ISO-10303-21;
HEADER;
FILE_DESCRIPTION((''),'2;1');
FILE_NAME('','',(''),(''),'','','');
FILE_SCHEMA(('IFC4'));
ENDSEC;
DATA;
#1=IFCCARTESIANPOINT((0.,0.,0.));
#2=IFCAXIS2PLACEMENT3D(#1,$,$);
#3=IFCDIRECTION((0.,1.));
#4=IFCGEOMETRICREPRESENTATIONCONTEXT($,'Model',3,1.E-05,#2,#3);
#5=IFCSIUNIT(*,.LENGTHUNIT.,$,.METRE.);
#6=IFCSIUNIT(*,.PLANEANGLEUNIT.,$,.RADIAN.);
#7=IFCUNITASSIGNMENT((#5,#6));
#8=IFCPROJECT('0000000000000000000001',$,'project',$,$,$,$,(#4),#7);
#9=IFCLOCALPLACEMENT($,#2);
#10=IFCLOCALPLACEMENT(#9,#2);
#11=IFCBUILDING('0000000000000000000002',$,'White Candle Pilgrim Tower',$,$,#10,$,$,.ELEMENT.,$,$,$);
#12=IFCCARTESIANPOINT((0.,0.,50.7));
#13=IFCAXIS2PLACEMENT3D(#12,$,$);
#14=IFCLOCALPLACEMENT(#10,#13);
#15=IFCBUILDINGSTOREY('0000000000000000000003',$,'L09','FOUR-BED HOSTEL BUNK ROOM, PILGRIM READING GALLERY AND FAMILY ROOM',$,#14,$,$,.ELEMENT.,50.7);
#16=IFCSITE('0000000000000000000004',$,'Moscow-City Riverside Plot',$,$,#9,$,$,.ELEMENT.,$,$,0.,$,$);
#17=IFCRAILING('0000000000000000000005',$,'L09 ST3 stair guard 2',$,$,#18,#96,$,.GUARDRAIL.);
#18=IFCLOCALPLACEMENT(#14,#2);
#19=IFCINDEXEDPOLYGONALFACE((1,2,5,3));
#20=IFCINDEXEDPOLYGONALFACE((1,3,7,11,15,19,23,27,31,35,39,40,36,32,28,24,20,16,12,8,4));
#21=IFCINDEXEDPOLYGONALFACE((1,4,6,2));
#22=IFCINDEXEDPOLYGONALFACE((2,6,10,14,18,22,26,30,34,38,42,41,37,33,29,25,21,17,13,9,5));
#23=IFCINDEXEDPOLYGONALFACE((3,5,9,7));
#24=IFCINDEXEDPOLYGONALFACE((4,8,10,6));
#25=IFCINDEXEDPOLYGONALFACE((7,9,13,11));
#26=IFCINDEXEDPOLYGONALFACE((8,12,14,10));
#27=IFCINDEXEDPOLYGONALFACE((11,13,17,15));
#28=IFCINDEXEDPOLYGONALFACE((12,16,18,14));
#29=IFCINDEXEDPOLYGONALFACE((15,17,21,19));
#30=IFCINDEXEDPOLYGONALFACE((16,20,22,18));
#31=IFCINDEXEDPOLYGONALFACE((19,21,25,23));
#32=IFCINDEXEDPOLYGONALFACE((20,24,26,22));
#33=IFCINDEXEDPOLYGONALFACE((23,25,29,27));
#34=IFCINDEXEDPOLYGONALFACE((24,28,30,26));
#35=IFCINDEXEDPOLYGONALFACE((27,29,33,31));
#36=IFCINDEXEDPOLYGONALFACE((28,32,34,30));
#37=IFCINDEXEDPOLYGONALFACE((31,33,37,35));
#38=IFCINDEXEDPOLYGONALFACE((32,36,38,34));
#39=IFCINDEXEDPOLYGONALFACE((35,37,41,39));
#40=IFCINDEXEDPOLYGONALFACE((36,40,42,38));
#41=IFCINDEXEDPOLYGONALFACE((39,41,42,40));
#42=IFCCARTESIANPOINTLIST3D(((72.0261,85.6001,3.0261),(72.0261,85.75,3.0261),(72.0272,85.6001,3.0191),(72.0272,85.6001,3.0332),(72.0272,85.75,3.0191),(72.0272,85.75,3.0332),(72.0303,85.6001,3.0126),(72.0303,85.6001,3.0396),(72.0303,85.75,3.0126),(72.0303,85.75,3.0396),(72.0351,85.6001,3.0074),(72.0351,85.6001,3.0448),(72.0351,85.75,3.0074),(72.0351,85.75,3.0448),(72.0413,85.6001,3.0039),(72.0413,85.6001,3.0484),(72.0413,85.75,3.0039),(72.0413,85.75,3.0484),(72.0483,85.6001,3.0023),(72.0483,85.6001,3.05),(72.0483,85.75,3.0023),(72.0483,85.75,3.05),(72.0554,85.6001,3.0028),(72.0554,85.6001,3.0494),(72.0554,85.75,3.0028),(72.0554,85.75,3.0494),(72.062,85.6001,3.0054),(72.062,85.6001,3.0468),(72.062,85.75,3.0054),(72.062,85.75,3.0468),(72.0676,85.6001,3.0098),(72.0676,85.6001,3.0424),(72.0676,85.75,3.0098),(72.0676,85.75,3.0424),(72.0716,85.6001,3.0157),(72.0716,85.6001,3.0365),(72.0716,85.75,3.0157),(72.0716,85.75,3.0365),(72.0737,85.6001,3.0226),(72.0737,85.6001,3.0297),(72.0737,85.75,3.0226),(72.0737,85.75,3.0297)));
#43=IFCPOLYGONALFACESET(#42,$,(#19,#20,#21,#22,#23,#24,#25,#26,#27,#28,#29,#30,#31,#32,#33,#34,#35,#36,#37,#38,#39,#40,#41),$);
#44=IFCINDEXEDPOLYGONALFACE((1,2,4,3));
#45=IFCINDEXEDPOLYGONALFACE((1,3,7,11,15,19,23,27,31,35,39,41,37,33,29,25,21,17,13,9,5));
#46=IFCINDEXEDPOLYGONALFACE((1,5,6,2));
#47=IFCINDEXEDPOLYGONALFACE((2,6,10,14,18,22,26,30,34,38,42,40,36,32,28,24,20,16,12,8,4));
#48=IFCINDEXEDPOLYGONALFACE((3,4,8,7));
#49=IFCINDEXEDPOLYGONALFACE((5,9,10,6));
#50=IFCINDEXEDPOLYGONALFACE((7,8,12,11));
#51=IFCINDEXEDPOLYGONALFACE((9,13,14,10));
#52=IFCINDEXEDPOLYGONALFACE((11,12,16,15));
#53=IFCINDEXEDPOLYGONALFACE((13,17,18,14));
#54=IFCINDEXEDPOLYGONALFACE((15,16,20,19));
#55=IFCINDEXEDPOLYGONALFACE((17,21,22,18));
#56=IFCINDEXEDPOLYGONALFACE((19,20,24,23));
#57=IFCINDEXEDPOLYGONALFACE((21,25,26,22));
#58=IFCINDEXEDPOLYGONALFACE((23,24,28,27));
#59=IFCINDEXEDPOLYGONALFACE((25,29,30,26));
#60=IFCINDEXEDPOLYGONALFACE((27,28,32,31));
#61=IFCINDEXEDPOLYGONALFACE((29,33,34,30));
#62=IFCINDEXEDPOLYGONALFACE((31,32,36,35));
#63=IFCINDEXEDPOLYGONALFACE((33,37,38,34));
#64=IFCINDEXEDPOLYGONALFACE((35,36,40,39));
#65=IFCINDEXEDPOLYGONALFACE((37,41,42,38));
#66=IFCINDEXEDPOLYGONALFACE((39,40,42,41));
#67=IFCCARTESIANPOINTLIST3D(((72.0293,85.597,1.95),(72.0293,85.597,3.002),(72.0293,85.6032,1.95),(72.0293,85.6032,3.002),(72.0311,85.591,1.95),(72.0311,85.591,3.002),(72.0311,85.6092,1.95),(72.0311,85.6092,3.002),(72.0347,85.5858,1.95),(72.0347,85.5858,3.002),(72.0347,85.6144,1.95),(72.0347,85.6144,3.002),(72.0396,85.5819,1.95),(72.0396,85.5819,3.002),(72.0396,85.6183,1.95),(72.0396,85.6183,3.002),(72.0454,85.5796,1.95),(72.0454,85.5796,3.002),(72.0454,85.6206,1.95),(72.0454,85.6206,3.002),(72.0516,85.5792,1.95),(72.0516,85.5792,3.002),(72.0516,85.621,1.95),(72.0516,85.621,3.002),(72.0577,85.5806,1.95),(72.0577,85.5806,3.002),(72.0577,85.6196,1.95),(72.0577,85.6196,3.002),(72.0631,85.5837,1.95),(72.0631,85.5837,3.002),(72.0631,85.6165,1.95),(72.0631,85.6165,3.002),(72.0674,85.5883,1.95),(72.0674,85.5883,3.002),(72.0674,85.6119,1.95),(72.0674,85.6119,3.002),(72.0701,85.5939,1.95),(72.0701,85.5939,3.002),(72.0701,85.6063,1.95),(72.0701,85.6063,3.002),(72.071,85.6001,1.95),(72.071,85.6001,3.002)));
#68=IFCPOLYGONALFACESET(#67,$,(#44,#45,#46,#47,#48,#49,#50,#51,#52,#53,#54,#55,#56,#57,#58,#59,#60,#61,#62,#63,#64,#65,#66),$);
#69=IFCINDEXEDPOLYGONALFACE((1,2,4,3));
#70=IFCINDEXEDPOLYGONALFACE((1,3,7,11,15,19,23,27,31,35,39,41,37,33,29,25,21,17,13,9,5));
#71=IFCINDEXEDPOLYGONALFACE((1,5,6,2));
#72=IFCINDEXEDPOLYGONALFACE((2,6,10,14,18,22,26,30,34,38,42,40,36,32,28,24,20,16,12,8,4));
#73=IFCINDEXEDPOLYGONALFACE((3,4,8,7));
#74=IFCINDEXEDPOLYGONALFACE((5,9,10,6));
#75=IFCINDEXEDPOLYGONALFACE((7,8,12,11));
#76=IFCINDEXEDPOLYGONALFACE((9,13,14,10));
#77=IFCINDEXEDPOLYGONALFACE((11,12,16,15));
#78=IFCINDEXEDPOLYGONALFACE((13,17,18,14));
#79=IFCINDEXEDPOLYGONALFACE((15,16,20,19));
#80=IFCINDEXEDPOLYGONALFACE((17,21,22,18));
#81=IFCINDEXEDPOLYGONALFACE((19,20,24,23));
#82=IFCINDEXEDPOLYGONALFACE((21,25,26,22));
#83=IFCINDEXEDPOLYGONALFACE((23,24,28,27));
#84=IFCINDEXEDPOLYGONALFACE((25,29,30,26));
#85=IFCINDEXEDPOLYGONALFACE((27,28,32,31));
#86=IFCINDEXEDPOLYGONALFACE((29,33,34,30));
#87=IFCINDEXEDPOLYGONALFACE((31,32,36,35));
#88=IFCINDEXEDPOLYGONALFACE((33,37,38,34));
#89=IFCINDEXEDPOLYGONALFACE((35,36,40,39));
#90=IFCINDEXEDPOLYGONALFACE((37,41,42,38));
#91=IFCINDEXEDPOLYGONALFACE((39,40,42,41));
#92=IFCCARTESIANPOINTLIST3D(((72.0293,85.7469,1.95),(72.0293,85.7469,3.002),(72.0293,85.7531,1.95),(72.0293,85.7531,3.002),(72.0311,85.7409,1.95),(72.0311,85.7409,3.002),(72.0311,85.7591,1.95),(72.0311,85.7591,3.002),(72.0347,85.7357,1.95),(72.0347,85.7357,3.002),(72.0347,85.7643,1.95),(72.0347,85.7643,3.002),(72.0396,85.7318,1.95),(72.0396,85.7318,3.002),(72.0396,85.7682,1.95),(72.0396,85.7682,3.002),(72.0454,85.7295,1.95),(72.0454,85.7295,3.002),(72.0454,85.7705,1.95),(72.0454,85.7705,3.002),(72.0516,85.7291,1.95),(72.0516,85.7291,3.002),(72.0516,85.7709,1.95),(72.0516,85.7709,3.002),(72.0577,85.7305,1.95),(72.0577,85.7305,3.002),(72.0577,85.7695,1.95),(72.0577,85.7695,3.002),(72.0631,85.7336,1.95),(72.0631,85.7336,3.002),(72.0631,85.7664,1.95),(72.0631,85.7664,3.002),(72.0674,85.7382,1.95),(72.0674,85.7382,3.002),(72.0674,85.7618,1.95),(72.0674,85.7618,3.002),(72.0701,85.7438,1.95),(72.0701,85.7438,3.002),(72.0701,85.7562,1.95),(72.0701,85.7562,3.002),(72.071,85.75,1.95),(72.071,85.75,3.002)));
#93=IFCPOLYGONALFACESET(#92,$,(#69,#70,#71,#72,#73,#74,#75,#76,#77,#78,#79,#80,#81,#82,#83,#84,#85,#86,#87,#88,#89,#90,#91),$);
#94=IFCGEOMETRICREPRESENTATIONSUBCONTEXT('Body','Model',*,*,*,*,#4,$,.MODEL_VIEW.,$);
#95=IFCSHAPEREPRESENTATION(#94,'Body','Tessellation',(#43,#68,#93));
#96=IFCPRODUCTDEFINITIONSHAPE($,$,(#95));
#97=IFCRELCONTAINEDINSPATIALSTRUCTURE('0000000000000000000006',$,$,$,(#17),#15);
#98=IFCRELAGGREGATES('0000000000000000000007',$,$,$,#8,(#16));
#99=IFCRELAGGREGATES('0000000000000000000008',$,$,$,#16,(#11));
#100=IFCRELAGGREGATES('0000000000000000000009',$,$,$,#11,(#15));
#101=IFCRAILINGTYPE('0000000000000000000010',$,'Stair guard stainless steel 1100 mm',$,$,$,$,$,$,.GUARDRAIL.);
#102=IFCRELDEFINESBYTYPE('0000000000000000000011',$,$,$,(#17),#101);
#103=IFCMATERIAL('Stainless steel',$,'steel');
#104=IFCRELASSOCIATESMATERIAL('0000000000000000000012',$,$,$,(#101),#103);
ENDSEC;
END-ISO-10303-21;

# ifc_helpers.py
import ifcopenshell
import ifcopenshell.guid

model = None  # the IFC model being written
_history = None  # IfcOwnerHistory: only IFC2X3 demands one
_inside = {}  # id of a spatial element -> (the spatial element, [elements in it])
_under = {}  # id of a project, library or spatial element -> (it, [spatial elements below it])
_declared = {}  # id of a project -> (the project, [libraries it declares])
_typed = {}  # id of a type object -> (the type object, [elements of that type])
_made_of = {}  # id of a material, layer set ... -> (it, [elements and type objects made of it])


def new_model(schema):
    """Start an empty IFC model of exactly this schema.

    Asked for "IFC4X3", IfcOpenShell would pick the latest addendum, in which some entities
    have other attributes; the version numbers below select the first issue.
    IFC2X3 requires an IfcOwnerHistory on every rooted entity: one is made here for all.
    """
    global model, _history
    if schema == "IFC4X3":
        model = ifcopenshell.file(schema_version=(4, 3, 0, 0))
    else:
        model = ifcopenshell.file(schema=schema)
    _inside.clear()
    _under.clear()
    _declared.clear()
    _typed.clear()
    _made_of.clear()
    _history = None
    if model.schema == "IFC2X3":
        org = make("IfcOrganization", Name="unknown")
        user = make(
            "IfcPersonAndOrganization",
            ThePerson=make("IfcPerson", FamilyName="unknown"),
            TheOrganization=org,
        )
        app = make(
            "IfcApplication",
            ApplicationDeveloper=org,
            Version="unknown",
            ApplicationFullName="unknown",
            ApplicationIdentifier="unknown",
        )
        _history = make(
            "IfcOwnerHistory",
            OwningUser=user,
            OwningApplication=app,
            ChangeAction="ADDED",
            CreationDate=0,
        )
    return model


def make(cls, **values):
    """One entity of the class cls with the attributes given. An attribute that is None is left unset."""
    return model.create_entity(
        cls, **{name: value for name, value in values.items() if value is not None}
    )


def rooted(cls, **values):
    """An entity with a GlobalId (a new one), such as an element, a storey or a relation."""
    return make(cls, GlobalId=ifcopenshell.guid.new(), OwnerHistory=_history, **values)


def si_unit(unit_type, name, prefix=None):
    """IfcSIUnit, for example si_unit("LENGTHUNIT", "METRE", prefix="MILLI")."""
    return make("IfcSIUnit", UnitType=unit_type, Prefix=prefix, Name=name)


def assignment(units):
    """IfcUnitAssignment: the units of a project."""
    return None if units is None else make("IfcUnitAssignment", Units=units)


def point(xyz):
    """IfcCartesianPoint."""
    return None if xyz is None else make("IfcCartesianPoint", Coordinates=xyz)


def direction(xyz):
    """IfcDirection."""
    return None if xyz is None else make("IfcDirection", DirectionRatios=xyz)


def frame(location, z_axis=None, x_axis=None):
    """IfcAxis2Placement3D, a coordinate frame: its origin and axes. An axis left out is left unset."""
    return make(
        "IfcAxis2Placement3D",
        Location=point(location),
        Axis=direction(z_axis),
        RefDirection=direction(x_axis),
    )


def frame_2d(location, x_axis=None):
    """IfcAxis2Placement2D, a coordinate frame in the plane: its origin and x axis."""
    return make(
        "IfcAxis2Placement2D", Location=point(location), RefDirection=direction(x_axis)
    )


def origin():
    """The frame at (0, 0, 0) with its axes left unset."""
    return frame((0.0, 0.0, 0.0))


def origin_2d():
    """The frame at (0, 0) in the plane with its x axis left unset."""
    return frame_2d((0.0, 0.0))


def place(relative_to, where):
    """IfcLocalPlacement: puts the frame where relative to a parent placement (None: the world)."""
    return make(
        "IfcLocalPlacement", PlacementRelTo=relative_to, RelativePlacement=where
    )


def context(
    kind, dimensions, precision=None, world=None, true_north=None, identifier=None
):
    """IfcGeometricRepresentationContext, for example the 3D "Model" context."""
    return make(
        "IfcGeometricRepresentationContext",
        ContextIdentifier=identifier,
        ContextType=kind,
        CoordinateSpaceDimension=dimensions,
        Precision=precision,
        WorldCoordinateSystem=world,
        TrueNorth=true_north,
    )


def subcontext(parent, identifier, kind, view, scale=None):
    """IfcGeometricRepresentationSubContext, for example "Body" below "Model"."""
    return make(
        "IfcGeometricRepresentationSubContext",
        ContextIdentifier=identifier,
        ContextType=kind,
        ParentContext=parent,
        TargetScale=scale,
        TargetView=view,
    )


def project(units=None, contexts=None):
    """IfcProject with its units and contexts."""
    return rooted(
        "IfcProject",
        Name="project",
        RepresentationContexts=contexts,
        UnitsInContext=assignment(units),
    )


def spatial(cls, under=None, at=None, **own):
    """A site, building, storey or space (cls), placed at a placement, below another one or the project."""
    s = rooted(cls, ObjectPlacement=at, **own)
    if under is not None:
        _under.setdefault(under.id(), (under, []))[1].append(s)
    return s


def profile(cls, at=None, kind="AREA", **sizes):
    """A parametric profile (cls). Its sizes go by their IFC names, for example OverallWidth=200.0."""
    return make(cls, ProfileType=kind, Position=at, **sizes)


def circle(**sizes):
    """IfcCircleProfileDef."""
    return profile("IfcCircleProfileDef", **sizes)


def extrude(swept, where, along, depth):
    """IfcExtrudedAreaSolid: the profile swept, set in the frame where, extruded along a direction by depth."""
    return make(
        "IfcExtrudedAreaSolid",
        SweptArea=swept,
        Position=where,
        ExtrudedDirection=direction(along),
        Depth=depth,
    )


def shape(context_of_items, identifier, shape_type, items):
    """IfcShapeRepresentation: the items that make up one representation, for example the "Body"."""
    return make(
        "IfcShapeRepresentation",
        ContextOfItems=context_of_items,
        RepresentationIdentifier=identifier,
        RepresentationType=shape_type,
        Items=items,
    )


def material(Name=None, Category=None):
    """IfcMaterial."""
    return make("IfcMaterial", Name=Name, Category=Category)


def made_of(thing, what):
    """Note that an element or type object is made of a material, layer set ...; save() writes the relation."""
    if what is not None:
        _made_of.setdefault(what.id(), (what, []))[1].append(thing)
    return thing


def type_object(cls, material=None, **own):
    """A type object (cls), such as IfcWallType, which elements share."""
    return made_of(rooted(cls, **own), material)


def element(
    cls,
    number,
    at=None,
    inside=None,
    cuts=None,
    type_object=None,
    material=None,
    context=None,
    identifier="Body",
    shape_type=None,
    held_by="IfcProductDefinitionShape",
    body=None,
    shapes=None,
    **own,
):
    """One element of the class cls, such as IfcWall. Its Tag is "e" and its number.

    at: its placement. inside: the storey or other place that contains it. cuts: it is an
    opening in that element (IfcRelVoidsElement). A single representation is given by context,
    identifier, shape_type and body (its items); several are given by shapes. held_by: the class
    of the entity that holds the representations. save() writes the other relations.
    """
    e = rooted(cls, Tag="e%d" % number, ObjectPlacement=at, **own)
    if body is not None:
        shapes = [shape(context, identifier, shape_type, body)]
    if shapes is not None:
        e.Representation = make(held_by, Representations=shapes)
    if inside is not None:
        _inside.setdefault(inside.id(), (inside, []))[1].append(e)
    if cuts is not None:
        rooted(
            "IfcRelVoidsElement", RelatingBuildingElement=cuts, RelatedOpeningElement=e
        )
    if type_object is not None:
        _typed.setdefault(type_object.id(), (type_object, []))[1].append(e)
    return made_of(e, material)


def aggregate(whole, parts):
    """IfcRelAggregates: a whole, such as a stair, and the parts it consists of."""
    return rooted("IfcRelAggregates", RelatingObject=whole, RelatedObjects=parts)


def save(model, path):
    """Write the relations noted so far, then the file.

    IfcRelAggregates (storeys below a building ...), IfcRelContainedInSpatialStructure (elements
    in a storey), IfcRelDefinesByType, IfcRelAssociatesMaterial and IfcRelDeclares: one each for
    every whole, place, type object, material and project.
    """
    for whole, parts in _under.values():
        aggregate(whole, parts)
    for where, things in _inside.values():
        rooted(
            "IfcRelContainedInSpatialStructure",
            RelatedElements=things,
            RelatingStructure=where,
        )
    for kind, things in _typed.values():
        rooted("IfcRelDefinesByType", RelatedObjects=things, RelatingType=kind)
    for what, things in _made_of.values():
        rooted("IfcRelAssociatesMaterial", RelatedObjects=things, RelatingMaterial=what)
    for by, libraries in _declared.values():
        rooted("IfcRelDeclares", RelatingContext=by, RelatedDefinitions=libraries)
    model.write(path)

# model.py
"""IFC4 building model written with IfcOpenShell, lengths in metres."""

from ifc_helpers import new_model, si_unit, direction, frame, origin, origin_2d, place, context, subcontext, project, spatial, circle, extrude, material, type_object, element, save


model = new_model("IFC4")

# Units and contexts
model_context = context("Model", 3, precision=1e-05, world=origin(), true_north=direction((0.0, 1.0)))
body_context = subcontext(model_context, "Body", "Model", "MODEL_VIEW")
ifc_project = project(units=[si_unit("LENGTHUNIT", "METRE"), si_unit("PLANEANGLEUNIT", "RADIAN")], contexts=[model_context])

# Site, building, storey
site_placement = place(None, origin())
site = spatial("IfcSite", under=ifc_project, at=site_placement, Name="Moscow-City Riverside Plot", CompositionType="ELEMENT", RefElevation=0.0)
building_placement = place(site_placement, origin())
building = spatial("IfcBuilding", under=site, at=building_placement, Name="White Candle Pilgrim Tower", CompositionType="ELEMENT")
storey_placement = place(building_placement, frame((0.0, 0.0, 50.7)))
storey = spatial("IfcBuildingStorey", under=building, at=storey_placement, Name="L09", Description="FOUR-BED HOSTEL BUNK ROOM, PILGRIM READING GALLERY AND FAMILY ROOM", CompositionType="ELEMENT", Elevation=50.7)

# Railing
ifc_material_1 = material(Name="Stainless steel", Category="steel")
railing_type_1 = type_object("IfcRailingType", Name="Stair guard stainless steel 1100 mm", PredefinedType="GUARDRAIL", material=ifc_material_1)
railing_1_placement = place(storey_placement, frame((72.05, 85.6001, 1.95)))
element("IfcRailing", 1, at=railing_1_placement, inside=storey, type_object=railing_type_1, Name="L09 ST3 stair guard 2", PredefinedType="GUARDRAIL", context=body_context, shape_type="SweptSolid", body=[
    extrude(circle(Radius=0.0239, at=origin_2d()), frame((0.0, 0.0, 1.0762), z_axis=(0.0, 1.0, 0.0), x_axis=(-1.0, 0.0, 0.0)), (0.0, 0.0, 1.0), 0.1499),
    extrude(circle(Radius=0.021, at=origin_2d()), origin(), (0.0, 0.0, 1.0), 1.052),
    extrude(circle(Radius=0.021, at=origin_2d()), frame((0.0, 0.1499, 0.0)), (0.0, 0.0, 1.0), 1.052),
])

save(model, "model.ifc")
